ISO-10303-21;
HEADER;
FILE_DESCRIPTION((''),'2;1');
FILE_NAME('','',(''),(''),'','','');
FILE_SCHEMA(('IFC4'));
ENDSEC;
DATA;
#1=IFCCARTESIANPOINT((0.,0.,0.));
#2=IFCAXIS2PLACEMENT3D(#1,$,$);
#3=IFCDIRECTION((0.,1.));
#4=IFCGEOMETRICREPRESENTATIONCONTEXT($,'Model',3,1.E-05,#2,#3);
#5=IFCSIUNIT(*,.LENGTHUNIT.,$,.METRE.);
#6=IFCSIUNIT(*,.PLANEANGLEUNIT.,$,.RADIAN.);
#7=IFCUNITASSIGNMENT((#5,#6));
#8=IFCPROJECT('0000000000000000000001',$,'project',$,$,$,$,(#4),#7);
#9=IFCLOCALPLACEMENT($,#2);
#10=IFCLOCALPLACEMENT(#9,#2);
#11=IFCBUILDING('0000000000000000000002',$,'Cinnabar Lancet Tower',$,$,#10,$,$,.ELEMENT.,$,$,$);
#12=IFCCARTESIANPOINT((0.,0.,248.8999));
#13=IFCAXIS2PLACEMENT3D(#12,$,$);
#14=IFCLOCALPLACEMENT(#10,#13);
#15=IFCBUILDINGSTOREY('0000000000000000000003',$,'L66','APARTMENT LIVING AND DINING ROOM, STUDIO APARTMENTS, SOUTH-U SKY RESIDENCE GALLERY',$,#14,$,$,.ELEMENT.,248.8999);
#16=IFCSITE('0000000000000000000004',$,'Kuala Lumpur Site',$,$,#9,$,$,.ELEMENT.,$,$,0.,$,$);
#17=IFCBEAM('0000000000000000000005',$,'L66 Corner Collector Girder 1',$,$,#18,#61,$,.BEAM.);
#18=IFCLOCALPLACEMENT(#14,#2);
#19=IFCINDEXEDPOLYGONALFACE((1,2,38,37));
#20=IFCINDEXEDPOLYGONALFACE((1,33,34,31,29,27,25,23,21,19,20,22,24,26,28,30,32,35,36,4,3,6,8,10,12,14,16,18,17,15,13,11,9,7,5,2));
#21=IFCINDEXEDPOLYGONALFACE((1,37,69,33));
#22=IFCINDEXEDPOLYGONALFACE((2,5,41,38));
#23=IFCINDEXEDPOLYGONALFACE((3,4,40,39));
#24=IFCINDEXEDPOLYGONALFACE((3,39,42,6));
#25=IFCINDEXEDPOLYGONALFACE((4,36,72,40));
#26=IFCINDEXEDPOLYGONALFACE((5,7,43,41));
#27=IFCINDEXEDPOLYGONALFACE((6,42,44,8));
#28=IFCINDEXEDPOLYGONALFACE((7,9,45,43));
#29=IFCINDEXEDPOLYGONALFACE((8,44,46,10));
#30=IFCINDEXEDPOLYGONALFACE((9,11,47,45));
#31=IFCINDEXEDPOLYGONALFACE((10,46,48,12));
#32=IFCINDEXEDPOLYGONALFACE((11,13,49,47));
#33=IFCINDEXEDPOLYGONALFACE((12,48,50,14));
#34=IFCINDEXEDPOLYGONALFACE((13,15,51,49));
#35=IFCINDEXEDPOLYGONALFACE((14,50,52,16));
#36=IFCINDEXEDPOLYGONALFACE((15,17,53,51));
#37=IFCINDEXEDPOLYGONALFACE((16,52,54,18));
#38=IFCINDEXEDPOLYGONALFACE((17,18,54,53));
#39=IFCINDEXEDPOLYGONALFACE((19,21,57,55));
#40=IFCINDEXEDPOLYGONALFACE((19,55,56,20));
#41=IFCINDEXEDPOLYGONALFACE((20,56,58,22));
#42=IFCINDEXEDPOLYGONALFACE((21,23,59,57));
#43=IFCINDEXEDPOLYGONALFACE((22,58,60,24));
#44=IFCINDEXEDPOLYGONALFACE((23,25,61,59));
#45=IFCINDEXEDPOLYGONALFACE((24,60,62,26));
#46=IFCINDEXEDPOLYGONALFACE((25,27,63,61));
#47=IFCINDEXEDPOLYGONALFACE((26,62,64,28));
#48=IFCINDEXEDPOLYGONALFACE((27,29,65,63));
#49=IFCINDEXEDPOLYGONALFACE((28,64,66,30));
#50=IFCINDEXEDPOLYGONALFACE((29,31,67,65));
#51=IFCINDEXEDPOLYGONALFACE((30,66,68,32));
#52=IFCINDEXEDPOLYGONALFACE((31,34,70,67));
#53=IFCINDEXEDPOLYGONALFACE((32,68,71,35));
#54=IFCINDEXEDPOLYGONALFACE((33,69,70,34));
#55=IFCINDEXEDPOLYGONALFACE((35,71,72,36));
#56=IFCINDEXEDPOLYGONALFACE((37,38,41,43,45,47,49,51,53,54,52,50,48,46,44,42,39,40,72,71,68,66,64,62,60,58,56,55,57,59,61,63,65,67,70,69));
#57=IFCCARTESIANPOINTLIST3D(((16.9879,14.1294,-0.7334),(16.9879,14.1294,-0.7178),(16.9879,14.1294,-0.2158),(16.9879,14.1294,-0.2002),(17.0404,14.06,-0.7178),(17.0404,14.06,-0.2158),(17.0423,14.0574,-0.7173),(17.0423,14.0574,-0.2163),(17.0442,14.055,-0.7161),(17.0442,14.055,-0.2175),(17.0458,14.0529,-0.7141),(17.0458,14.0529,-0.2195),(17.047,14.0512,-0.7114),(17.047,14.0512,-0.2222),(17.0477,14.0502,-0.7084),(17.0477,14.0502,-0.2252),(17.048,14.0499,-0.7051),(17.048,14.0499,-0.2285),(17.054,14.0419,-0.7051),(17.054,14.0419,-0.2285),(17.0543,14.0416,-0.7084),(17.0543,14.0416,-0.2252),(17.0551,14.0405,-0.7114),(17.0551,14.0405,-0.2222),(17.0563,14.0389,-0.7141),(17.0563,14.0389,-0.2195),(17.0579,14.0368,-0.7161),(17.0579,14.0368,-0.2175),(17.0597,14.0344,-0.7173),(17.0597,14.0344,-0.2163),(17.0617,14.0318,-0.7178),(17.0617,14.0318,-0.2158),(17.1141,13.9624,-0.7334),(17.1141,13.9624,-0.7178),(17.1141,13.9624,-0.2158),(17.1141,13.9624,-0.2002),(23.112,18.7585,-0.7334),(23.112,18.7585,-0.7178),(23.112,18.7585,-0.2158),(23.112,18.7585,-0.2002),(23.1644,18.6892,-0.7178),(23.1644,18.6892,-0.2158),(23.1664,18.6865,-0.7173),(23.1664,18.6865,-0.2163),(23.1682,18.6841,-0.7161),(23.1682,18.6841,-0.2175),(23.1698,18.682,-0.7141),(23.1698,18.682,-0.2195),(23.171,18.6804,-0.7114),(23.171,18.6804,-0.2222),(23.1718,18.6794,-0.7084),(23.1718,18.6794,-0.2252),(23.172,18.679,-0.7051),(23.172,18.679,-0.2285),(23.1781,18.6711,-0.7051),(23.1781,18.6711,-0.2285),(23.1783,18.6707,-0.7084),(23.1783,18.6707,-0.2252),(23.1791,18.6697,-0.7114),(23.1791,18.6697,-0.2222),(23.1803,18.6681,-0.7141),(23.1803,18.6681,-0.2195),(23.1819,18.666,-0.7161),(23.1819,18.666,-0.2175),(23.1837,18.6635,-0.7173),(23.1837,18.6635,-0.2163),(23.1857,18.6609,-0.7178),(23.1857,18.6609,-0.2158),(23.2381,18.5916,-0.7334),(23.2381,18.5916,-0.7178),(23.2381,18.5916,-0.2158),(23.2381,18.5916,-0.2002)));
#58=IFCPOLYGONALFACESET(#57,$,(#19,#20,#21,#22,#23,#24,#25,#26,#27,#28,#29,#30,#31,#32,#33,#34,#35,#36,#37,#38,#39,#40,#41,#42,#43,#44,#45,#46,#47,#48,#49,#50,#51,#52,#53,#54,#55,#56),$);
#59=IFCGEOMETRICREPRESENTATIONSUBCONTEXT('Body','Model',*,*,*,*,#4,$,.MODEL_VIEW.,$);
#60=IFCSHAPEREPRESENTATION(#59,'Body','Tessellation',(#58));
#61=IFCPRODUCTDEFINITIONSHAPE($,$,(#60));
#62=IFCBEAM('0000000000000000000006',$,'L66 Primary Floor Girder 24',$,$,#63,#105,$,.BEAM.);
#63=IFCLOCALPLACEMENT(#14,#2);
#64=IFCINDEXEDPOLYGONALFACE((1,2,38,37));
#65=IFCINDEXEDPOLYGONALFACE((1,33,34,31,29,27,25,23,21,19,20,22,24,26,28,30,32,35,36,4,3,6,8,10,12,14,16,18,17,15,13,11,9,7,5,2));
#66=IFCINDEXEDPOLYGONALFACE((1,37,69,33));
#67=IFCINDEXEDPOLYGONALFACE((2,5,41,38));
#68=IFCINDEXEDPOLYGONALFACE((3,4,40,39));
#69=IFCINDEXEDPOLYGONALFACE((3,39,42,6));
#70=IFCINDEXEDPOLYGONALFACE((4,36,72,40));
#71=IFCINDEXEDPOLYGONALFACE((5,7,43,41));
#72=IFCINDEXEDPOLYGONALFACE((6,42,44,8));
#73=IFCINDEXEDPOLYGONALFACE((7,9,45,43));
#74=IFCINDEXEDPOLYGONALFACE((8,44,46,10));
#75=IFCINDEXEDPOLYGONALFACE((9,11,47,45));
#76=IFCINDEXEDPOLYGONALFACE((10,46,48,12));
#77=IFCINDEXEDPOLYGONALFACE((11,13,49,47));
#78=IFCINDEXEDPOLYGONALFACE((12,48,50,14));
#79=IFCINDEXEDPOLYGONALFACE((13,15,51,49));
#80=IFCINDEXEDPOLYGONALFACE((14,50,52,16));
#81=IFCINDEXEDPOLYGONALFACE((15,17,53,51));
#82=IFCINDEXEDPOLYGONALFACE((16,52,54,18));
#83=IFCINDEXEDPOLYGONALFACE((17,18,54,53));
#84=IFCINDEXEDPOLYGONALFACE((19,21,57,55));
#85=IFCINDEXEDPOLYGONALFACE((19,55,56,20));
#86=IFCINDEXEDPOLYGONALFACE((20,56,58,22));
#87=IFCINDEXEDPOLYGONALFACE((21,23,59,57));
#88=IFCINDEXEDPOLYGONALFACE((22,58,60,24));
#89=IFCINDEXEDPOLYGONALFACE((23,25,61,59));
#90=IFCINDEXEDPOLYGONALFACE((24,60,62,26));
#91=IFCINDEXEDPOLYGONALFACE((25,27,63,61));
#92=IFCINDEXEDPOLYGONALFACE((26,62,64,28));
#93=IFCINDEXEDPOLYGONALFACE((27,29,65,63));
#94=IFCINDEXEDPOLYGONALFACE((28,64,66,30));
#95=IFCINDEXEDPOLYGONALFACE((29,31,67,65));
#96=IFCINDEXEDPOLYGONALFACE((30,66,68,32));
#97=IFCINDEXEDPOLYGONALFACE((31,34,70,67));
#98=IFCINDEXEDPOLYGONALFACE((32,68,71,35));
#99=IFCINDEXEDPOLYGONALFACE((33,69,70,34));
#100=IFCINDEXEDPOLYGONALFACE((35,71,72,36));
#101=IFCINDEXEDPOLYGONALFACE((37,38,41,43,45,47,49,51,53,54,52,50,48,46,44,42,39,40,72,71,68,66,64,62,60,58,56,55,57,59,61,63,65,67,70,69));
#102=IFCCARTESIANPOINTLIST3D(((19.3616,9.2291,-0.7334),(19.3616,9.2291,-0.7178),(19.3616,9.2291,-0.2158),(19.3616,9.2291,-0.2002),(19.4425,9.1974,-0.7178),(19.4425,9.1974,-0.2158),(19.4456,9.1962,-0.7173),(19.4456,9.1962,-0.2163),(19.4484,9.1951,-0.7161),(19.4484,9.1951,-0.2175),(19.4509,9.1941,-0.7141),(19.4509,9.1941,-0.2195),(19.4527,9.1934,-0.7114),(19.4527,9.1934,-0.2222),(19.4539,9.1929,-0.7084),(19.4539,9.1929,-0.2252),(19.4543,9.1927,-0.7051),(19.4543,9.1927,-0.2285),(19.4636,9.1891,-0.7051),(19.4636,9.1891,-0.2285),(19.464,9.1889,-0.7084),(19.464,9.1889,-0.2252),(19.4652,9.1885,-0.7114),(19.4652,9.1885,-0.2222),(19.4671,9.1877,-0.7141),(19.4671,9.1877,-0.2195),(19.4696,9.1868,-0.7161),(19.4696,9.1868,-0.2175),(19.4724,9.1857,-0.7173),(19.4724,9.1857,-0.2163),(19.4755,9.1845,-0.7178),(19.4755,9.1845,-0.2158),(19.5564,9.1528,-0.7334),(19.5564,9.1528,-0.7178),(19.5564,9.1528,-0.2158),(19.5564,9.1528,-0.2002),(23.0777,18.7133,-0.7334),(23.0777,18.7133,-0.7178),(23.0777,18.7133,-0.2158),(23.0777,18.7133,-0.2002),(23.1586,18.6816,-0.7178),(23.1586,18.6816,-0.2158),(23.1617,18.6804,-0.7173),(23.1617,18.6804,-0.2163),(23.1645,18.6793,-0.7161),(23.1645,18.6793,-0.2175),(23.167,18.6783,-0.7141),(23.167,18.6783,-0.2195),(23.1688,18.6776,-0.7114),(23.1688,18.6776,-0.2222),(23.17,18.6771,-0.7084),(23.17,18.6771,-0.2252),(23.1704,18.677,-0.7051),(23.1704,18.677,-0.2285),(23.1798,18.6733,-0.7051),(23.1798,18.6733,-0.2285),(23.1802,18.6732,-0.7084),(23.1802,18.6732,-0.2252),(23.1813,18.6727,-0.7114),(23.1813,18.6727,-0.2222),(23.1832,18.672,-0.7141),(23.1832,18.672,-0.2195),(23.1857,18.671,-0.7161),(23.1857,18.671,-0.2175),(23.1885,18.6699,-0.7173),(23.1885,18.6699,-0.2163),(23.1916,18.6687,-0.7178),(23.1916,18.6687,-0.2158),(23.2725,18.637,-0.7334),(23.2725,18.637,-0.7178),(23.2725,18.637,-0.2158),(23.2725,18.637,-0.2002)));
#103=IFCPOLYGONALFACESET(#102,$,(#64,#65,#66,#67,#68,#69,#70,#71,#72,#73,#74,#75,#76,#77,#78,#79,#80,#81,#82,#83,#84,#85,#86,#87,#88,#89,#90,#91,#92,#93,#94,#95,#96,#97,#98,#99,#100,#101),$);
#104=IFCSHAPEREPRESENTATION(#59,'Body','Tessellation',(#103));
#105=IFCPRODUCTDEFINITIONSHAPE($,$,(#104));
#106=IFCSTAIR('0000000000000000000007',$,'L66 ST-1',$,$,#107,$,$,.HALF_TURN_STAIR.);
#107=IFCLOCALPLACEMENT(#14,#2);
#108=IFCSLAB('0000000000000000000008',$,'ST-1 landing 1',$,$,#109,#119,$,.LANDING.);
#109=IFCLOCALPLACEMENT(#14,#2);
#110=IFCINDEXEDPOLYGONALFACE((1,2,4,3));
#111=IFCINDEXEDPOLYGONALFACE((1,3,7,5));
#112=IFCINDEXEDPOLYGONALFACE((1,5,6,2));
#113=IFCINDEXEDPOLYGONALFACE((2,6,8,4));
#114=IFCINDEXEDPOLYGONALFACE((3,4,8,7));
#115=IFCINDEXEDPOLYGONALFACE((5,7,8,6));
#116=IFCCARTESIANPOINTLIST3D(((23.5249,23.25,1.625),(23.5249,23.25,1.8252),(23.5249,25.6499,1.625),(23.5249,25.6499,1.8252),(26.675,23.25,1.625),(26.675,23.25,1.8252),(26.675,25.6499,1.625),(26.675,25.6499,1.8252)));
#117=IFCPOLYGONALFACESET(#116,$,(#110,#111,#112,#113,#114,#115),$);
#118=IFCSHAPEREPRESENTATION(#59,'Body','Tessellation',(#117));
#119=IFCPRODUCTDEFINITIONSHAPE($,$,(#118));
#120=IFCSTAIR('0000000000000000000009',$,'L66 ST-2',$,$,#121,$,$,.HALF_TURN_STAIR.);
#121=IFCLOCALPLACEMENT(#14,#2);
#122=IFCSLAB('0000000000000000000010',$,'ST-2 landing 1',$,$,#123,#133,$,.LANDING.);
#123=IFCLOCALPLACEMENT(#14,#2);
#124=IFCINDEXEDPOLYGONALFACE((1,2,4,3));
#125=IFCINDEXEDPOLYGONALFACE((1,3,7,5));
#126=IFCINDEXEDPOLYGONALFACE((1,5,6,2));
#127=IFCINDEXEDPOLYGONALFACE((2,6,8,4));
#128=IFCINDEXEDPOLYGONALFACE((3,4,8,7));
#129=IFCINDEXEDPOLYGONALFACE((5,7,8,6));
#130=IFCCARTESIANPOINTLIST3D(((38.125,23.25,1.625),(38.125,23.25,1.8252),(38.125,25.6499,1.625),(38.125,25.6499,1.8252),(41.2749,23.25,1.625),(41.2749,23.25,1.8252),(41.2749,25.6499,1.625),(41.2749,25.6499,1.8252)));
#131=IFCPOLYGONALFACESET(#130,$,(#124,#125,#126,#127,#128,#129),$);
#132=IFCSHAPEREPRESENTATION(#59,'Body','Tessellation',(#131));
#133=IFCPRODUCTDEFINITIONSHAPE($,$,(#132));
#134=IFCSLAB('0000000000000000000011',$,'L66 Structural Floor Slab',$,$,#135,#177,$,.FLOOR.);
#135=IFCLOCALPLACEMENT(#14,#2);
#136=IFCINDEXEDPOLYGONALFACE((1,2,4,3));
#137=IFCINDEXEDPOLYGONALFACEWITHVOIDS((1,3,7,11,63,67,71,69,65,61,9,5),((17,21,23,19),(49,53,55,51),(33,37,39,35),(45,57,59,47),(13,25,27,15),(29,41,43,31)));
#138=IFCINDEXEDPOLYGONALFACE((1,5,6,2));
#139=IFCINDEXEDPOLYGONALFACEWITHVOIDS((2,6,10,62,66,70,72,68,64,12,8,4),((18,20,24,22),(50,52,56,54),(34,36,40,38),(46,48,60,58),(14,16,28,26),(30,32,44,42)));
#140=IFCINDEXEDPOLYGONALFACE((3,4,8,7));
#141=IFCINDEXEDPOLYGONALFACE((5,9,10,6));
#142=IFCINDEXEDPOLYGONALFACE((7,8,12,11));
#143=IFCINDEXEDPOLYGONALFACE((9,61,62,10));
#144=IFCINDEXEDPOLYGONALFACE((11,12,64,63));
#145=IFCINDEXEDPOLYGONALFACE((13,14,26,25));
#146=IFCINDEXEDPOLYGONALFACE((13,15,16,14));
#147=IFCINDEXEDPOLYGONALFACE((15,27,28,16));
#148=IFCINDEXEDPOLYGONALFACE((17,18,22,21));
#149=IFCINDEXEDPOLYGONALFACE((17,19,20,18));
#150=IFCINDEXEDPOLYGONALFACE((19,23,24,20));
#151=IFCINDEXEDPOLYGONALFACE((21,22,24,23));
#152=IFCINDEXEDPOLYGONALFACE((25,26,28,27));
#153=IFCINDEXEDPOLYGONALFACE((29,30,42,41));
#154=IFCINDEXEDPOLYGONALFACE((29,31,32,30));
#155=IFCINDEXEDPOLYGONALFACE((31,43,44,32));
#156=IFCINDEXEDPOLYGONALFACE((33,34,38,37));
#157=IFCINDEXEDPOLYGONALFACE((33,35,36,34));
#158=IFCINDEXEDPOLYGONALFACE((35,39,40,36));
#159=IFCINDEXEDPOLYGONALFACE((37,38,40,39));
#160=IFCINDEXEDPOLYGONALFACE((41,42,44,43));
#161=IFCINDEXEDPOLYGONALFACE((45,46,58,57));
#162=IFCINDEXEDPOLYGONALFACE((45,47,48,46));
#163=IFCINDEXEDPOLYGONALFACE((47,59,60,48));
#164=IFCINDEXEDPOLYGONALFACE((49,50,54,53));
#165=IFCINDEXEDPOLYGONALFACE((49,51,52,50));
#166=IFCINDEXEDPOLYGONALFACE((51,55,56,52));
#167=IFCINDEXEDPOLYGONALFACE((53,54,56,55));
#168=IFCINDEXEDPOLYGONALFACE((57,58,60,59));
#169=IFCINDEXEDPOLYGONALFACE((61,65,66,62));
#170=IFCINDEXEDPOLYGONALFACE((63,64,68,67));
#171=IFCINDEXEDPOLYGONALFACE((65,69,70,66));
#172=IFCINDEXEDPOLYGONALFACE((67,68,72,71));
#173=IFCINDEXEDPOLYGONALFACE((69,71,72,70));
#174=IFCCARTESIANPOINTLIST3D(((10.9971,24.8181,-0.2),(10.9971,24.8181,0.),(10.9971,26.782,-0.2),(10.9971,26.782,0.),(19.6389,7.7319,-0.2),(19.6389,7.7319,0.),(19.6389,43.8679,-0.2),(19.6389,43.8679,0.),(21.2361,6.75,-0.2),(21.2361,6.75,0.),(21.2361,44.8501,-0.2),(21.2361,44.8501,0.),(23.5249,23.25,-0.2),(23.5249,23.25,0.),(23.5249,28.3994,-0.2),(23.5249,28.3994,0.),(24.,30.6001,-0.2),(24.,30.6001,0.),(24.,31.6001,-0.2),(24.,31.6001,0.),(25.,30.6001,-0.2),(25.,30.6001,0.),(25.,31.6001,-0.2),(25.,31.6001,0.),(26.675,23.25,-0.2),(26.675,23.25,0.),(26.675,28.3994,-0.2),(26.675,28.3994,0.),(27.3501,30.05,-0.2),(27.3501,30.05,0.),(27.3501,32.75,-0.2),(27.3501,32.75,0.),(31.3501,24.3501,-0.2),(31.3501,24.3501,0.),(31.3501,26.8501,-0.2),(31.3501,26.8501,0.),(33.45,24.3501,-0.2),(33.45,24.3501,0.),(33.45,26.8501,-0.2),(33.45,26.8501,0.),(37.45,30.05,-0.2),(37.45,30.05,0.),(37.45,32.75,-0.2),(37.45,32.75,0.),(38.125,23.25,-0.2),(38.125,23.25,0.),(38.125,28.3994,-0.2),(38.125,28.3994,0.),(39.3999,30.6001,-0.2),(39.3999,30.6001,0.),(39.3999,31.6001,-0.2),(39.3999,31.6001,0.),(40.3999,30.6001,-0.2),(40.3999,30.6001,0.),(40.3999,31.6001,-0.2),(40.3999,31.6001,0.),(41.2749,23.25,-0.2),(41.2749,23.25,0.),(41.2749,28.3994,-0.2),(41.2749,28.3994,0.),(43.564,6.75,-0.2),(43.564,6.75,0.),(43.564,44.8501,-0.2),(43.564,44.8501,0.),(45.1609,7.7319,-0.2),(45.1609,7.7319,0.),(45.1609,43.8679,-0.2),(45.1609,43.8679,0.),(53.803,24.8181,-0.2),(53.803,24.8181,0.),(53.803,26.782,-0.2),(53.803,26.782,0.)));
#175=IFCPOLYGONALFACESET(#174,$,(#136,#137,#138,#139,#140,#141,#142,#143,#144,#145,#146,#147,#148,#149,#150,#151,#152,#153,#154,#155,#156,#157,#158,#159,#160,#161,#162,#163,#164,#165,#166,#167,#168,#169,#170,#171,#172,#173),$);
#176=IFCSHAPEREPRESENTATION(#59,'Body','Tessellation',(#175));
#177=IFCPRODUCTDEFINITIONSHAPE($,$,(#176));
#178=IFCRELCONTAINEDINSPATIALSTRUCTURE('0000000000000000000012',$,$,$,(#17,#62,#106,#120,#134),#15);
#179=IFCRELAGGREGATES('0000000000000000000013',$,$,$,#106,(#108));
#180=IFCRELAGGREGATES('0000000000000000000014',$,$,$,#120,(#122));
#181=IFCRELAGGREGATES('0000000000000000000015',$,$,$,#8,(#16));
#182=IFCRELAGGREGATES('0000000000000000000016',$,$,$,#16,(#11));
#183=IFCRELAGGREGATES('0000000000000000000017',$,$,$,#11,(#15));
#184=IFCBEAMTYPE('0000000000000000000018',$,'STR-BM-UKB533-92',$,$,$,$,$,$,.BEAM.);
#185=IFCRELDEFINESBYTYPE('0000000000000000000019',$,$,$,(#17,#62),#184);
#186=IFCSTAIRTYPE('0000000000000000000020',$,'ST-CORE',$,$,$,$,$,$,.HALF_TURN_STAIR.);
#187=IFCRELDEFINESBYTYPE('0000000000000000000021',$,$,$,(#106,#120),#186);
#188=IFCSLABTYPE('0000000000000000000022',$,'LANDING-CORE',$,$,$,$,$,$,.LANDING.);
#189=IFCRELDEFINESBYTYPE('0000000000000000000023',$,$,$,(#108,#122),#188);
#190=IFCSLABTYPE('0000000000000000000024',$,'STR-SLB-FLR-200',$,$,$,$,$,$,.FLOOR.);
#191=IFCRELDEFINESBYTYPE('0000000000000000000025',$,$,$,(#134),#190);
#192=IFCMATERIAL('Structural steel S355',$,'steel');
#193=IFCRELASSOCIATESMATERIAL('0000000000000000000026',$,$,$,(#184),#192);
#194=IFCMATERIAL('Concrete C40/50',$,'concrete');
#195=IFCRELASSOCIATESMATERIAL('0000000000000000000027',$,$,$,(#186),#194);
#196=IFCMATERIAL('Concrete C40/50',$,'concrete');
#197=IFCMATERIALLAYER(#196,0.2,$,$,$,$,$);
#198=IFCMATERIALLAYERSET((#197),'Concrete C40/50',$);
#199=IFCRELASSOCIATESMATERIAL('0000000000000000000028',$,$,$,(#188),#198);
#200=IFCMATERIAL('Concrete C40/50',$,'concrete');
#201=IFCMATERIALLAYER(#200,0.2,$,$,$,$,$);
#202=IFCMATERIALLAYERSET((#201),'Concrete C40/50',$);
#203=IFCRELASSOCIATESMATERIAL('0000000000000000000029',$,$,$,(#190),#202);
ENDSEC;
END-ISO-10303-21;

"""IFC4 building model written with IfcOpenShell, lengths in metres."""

from ifc_helpers import new_model, si_unit, direction, frame, origin, origin_2d, place, context, subcontext, project, spatial, polyline, i_section, outline, extrude, material, layer, layer_set, material_profile, profile_set, type_object, element, aggregate, save


model = new_model("IFC4")

# Units and contexts
model_context = context("Model", 3, precision=1e-05, world=origin(), true_north=direction((0.0, 1.0)))
body_context = subcontext(model_context, "Body", "Model", "MODEL_VIEW")
ifc_project = project(units=[si_unit("LENGTHUNIT", "METRE"), si_unit("PLANEANGLEUNIT", "RADIAN")], contexts=[model_context])

# Site, building, storey
site_placement = place(None, origin())
site = spatial("IfcSite", under=ifc_project, at=site_placement, Name="Kuala Lumpur Site", CompositionType="ELEMENT", RefElevation=0.0)
building_placement = place(site_placement, origin())
building = spatial("IfcBuilding", under=site, at=building_placement, Name="Cinnabar Lancet Tower", CompositionType="ELEMENT")
storey_placement = place(building_placement, frame((0.0, 0.0, 248.8999)))
storey = spatial("IfcBuildingStorey", under=building, at=storey_placement, Name="L66", Description="APARTMENT LIVING AND DINING ROOM, STUDIO APARTMENTS, SOUTH-U SKY RESIDENCE GALLERY", CompositionType="ELEMENT", Elevation=248.8999)

# Beams
ifc_material_1 = material(Name="Structural steel S355", Category="steel")
ifc_material_profile_1 = material_profile(ifc_material_1, i_section(OverallWidth=0.2092, OverallDepth=0.5332, WebThickness=0.01, FlangeThickness=0.0156, FilletRadius=0.0127, at=origin_2d()), Name="UKB 533x210x92")
ifc_profile_set_1 = profile_set([ifc_material_profile_1], Name="Structural steel S355")
beam_type_1 = type_object("IfcBeamType", Name="STR-BM-UKB533-92", PredefinedType="BEAM", material=ifc_profile_set_1)
beam_1_placement = place(storey_placement, frame((17.051, 14.0459, -0.4668), z_axis=(0.797735, 0.603008, 0.0), x_axis=(-0.603008, 0.797735, 0.0)))
element("IfcBeam", 1, at=beam_1_placement, inside=storey, type_object=beam_type_1, Name="L66 Corner Collector Girder 1", PredefinedType="BEAM", context=body_context, shape_type="SweptSolid", body=[
    extrude(i_section(OverallWidth=0.2092, OverallDepth=0.5332, WebThickness=0.01, FlangeThickness=0.0156, FilletRadius=0.0127, at=origin_2d()), origin(), (0.0, 0.0, 1.0), 7.6768),
])
beam_2_placement = place(storey_placement, frame((19.459, 9.1909, -0.4668), z_axis=(0.364815, 0.93108, 0.0), x_axis=(-0.93108, 0.364815, 0.0)))
element("IfcBeam", 2, at=beam_2_placement, inside=storey, type_object=beam_type_1, Name="L66 Primary Floor Girder 24", PredefinedType="BEAM", context=body_context, shape_type="SweptSolid", body=[
    extrude(i_section(OverallWidth=0.2092, OverallDepth=0.5332, WebThickness=0.01, FlangeThickness=0.0156, FilletRadius=0.0127, at=origin_2d()), origin(), (0.0, 0.0, 1.0), 10.1863),
])

# Stairs, slabs
ifc_material_2 = material(Name="Concrete C40/50", Category="concrete")
stair_type = type_object("IfcStairType", Name="ST-CORE", PredefinedType="HALF_TURN_STAIR", material=ifc_material_2)
stair_1_placement = place(storey_placement, origin())
stair_1 = element("IfcStair", 3, at=stair_1_placement, inside=storey, type_object=stair_type, Name="L66 ST-1", PredefinedType="HALF_TURN_STAIR")
ifc_material_3 = material(Name="Concrete C40/50", Category="concrete")
ifc_layer_1 = layer(ifc_material_3, 0.2)
ifc_layer_set_1 = layer_set([ifc_layer_1], Name="Concrete C40/50")
slab_type_1 = type_object("IfcSlabType", Name="LANDING-CORE", PredefinedType="LANDING", material=ifc_layer_set_1)
slab_1_placement = place(storey_placement, frame((0.0, 0.0, 1.625)))
slab_1 = element("IfcSlab", 4, at=slab_1_placement, type_object=slab_type_1, Name="ST-1 landing 1", PredefinedType="LANDING", context=body_context, shape_type="SweptSolid", body=[
    extrude(outline(polyline([(23.5249, 25.6499), (23.5249, 23.25), (26.675, 23.25), (26.675, 25.6499), (23.5249, 25.6499)])), origin(), (0.0, 0.0, 1.0), 0.2002),
])
aggregate(stair_1, [slab_1])
stair_2_placement = place(storey_placement, origin())
stair_2 = element("IfcStair", 5, at=stair_2_placement, inside=storey, type_object=stair_type, Name="L66 ST-2", PredefinedType="HALF_TURN_STAIR")
slab_2_placement = place(storey_placement, frame((0.0, 0.0, 1.625)))
slab_2 = element("IfcSlab", 6, at=slab_2_placement, type_object=slab_type_1, Name="ST-2 landing 1", PredefinedType="LANDING", context=body_context, shape_type="SweptSolid", body=[
    extrude(outline(polyline([(38.125, 25.6499), (38.125, 23.25), (41.2749, 23.25), (41.2749, 25.6499), (38.125, 25.6499)])), origin(), (0.0, 0.0, 1.0), 0.2002),
])
aggregate(stair_2, [slab_2])

# Slab
ifc_material_4 = material(Name="Concrete C40/50", Category="concrete")
ifc_layer_2 = layer(ifc_material_4, 0.2)
ifc_layer_set_2 = layer_set([ifc_layer_2], Name="Concrete C40/50")
slab_type_2 = type_object("IfcSlabType", Name="STR-SLB-FLR-200", PredefinedType="FLOOR", material=ifc_layer_set_2)
slab_3_placement = place(storey_placement, frame((0.0, 0.0, -0.2)))
element("IfcSlab", 7, at=slab_3_placement, inside=storey, type_object=slab_type_2, Name="L66 Structural Floor Slab", PredefinedType="FLOOR", context=body_context, shape_type="SweptSolid", body=[
    extrude(outline(polyline([(19.6389, 7.7319), (21.2361, 6.75), (43.564, 6.75), (45.1609, 7.7319), (53.803, 24.8181), (53.803, 26.782), (45.1609, 43.8679), (43.564, 44.8501), (21.2361, 44.8501), (19.6389, 43.8679), (10.9971, 26.782), (10.9971, 24.8181), (19.6389, 7.7319)]), holes=[polyline([(23.5249, 23.25), (26.675, 23.25), (26.675, 28.3994), (23.5249, 28.3994), (23.5249, 23.25)]), polyline([(38.125, 23.25), (41.2749, 23.25), (41.2749, 28.3994), (38.125, 28.3994), (38.125, 23.25)]), polyline([(27.3501, 30.05), (37.45, 30.05), (37.45, 32.75), (27.3501, 32.75), (27.3501, 30.05)]), polyline([(31.3501, 24.3501), (33.45, 24.3501), (33.45, 26.8501), (31.3501, 26.8501), (31.3501, 24.3501)]), polyline([(24.0, 30.6001), (25.0, 30.6001), (25.0, 31.6001), (24.0, 31.6001), (24.0, 30.6001)]), polyline([(39.3999, 30.6001), (40.3999, 30.6001), (40.3999, 31.6001), (39.3999, 31.6001), (39.3999, 30.6001)])]), origin(), (0.0, 0.0, 1.0), 0.2),
])

save(model, "model.ifc")
